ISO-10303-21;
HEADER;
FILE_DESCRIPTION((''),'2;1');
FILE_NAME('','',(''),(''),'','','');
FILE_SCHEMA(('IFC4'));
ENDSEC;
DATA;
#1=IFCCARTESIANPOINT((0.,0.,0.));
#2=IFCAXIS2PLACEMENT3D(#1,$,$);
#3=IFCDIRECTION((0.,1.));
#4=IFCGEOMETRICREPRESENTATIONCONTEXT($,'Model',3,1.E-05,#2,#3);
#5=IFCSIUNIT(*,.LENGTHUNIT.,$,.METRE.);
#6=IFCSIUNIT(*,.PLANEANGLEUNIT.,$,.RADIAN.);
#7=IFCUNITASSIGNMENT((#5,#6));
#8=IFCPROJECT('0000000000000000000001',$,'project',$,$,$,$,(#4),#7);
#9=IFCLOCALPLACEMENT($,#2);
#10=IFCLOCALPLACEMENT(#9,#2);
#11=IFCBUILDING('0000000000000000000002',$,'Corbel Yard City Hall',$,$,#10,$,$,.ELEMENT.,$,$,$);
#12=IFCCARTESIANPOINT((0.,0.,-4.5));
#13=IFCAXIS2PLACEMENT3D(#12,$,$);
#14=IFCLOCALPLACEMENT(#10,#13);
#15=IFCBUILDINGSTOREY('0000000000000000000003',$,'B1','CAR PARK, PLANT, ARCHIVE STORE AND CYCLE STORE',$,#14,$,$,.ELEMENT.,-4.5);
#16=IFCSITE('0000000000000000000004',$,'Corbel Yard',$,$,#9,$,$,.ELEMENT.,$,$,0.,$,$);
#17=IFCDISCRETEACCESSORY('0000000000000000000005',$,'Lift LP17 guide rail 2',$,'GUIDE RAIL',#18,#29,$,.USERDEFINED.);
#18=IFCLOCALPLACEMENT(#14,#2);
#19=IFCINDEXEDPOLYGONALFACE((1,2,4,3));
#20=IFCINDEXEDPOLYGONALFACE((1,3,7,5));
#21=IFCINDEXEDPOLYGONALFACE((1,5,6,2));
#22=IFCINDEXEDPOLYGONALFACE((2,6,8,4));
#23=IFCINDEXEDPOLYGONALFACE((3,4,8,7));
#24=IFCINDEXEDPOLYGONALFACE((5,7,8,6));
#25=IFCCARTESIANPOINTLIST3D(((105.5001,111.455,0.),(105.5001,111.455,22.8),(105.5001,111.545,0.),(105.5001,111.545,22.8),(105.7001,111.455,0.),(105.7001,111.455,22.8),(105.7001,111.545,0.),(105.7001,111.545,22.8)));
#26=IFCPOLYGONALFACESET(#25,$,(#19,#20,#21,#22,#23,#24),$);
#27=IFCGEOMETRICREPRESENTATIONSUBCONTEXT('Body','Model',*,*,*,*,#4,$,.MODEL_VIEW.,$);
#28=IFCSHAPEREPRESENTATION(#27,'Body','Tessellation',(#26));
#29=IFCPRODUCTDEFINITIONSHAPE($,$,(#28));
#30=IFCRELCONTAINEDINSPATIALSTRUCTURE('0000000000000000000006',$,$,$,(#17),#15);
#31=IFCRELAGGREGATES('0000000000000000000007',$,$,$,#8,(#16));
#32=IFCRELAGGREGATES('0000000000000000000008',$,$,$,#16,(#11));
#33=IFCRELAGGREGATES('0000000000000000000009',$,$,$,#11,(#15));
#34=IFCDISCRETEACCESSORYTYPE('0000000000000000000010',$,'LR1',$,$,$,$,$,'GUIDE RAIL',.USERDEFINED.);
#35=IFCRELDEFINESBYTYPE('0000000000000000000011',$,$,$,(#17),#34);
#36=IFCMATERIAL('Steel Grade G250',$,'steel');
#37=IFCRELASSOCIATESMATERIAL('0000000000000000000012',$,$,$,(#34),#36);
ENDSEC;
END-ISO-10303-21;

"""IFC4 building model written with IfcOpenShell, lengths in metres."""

from ifc_helpers import new_model, si_unit, direction, frame, origin, origin_2d, place, context, subcontext, project, spatial, rectangle, extrude, material, type_object, element, save


model = new_model("IFC4")

# Units and contexts
model_context = context("Model", 3, precision=1e-05, world=origin(), true_north=direction((0.0, 1.0)))
body_context = subcontext(model_context, "Body", "Model", "MODEL_VIEW")
ifc_project = project(units=[si_unit("LENGTHUNIT", "METRE"), si_unit("PLANEANGLEUNIT", "RADIAN")], contexts=[model_context])

# Site, building, storey
site_placement = place(None, origin())
site = spatial("IfcSite", under=ifc_project, at=site_placement, Name="Corbel Yard", CompositionType="ELEMENT", RefElevation=0.0)
building_placement = place(site_placement, origin())
building = spatial("IfcBuilding", under=site, at=building_placement, Name="Corbel Yard City Hall", CompositionType="ELEMENT")
storey_placement = place(building_placement, frame((0.0, 0.0, -4.5)))
storey = spatial("IfcBuildingStorey", under=building, at=storey_placement, Name="B1", Description="CAR PARK, PLANT, ARCHIVE STORE AND CYCLE STORE", CompositionType="ELEMENT", Elevation=-4.5)

# Shared definitions
ifc_material_1 = material(Name="Steel Grade G250", Category="steel")

# Discrete accessory
discrete_accessory_type_1 = type_object("IfcDiscreteAccessoryType", Name="LR1", ElementType="GUIDE RAIL", PredefinedType="USERDEFINED", material=ifc_material_1)
for number, where, z_axis, x_axis, name in (
    (1, (105.6001, 111.5, 0.0), (0.0, 0.0, 1.0), (1.0, 0.0, 0.0), "Lift LP17 guide rail 2"),
):
    element("IfcDiscreteAccessory", number, at=place(storey_placement, frame(where, z_axis=z_axis, x_axis=x_axis)), inside=storey, type_object=discrete_accessory_type_1, Name=name, ObjectType="GUIDE RAIL", PredefinedType="USERDEFINED", context=body_context, shape_type="SweptSolid", body=[
        extrude(rectangle(XDim=0.2, YDim=0.0901, at=origin_2d()), origin(), (0.0, 0.0, 1.0), 22.8),
    ])

save(model, "model.ifc")
